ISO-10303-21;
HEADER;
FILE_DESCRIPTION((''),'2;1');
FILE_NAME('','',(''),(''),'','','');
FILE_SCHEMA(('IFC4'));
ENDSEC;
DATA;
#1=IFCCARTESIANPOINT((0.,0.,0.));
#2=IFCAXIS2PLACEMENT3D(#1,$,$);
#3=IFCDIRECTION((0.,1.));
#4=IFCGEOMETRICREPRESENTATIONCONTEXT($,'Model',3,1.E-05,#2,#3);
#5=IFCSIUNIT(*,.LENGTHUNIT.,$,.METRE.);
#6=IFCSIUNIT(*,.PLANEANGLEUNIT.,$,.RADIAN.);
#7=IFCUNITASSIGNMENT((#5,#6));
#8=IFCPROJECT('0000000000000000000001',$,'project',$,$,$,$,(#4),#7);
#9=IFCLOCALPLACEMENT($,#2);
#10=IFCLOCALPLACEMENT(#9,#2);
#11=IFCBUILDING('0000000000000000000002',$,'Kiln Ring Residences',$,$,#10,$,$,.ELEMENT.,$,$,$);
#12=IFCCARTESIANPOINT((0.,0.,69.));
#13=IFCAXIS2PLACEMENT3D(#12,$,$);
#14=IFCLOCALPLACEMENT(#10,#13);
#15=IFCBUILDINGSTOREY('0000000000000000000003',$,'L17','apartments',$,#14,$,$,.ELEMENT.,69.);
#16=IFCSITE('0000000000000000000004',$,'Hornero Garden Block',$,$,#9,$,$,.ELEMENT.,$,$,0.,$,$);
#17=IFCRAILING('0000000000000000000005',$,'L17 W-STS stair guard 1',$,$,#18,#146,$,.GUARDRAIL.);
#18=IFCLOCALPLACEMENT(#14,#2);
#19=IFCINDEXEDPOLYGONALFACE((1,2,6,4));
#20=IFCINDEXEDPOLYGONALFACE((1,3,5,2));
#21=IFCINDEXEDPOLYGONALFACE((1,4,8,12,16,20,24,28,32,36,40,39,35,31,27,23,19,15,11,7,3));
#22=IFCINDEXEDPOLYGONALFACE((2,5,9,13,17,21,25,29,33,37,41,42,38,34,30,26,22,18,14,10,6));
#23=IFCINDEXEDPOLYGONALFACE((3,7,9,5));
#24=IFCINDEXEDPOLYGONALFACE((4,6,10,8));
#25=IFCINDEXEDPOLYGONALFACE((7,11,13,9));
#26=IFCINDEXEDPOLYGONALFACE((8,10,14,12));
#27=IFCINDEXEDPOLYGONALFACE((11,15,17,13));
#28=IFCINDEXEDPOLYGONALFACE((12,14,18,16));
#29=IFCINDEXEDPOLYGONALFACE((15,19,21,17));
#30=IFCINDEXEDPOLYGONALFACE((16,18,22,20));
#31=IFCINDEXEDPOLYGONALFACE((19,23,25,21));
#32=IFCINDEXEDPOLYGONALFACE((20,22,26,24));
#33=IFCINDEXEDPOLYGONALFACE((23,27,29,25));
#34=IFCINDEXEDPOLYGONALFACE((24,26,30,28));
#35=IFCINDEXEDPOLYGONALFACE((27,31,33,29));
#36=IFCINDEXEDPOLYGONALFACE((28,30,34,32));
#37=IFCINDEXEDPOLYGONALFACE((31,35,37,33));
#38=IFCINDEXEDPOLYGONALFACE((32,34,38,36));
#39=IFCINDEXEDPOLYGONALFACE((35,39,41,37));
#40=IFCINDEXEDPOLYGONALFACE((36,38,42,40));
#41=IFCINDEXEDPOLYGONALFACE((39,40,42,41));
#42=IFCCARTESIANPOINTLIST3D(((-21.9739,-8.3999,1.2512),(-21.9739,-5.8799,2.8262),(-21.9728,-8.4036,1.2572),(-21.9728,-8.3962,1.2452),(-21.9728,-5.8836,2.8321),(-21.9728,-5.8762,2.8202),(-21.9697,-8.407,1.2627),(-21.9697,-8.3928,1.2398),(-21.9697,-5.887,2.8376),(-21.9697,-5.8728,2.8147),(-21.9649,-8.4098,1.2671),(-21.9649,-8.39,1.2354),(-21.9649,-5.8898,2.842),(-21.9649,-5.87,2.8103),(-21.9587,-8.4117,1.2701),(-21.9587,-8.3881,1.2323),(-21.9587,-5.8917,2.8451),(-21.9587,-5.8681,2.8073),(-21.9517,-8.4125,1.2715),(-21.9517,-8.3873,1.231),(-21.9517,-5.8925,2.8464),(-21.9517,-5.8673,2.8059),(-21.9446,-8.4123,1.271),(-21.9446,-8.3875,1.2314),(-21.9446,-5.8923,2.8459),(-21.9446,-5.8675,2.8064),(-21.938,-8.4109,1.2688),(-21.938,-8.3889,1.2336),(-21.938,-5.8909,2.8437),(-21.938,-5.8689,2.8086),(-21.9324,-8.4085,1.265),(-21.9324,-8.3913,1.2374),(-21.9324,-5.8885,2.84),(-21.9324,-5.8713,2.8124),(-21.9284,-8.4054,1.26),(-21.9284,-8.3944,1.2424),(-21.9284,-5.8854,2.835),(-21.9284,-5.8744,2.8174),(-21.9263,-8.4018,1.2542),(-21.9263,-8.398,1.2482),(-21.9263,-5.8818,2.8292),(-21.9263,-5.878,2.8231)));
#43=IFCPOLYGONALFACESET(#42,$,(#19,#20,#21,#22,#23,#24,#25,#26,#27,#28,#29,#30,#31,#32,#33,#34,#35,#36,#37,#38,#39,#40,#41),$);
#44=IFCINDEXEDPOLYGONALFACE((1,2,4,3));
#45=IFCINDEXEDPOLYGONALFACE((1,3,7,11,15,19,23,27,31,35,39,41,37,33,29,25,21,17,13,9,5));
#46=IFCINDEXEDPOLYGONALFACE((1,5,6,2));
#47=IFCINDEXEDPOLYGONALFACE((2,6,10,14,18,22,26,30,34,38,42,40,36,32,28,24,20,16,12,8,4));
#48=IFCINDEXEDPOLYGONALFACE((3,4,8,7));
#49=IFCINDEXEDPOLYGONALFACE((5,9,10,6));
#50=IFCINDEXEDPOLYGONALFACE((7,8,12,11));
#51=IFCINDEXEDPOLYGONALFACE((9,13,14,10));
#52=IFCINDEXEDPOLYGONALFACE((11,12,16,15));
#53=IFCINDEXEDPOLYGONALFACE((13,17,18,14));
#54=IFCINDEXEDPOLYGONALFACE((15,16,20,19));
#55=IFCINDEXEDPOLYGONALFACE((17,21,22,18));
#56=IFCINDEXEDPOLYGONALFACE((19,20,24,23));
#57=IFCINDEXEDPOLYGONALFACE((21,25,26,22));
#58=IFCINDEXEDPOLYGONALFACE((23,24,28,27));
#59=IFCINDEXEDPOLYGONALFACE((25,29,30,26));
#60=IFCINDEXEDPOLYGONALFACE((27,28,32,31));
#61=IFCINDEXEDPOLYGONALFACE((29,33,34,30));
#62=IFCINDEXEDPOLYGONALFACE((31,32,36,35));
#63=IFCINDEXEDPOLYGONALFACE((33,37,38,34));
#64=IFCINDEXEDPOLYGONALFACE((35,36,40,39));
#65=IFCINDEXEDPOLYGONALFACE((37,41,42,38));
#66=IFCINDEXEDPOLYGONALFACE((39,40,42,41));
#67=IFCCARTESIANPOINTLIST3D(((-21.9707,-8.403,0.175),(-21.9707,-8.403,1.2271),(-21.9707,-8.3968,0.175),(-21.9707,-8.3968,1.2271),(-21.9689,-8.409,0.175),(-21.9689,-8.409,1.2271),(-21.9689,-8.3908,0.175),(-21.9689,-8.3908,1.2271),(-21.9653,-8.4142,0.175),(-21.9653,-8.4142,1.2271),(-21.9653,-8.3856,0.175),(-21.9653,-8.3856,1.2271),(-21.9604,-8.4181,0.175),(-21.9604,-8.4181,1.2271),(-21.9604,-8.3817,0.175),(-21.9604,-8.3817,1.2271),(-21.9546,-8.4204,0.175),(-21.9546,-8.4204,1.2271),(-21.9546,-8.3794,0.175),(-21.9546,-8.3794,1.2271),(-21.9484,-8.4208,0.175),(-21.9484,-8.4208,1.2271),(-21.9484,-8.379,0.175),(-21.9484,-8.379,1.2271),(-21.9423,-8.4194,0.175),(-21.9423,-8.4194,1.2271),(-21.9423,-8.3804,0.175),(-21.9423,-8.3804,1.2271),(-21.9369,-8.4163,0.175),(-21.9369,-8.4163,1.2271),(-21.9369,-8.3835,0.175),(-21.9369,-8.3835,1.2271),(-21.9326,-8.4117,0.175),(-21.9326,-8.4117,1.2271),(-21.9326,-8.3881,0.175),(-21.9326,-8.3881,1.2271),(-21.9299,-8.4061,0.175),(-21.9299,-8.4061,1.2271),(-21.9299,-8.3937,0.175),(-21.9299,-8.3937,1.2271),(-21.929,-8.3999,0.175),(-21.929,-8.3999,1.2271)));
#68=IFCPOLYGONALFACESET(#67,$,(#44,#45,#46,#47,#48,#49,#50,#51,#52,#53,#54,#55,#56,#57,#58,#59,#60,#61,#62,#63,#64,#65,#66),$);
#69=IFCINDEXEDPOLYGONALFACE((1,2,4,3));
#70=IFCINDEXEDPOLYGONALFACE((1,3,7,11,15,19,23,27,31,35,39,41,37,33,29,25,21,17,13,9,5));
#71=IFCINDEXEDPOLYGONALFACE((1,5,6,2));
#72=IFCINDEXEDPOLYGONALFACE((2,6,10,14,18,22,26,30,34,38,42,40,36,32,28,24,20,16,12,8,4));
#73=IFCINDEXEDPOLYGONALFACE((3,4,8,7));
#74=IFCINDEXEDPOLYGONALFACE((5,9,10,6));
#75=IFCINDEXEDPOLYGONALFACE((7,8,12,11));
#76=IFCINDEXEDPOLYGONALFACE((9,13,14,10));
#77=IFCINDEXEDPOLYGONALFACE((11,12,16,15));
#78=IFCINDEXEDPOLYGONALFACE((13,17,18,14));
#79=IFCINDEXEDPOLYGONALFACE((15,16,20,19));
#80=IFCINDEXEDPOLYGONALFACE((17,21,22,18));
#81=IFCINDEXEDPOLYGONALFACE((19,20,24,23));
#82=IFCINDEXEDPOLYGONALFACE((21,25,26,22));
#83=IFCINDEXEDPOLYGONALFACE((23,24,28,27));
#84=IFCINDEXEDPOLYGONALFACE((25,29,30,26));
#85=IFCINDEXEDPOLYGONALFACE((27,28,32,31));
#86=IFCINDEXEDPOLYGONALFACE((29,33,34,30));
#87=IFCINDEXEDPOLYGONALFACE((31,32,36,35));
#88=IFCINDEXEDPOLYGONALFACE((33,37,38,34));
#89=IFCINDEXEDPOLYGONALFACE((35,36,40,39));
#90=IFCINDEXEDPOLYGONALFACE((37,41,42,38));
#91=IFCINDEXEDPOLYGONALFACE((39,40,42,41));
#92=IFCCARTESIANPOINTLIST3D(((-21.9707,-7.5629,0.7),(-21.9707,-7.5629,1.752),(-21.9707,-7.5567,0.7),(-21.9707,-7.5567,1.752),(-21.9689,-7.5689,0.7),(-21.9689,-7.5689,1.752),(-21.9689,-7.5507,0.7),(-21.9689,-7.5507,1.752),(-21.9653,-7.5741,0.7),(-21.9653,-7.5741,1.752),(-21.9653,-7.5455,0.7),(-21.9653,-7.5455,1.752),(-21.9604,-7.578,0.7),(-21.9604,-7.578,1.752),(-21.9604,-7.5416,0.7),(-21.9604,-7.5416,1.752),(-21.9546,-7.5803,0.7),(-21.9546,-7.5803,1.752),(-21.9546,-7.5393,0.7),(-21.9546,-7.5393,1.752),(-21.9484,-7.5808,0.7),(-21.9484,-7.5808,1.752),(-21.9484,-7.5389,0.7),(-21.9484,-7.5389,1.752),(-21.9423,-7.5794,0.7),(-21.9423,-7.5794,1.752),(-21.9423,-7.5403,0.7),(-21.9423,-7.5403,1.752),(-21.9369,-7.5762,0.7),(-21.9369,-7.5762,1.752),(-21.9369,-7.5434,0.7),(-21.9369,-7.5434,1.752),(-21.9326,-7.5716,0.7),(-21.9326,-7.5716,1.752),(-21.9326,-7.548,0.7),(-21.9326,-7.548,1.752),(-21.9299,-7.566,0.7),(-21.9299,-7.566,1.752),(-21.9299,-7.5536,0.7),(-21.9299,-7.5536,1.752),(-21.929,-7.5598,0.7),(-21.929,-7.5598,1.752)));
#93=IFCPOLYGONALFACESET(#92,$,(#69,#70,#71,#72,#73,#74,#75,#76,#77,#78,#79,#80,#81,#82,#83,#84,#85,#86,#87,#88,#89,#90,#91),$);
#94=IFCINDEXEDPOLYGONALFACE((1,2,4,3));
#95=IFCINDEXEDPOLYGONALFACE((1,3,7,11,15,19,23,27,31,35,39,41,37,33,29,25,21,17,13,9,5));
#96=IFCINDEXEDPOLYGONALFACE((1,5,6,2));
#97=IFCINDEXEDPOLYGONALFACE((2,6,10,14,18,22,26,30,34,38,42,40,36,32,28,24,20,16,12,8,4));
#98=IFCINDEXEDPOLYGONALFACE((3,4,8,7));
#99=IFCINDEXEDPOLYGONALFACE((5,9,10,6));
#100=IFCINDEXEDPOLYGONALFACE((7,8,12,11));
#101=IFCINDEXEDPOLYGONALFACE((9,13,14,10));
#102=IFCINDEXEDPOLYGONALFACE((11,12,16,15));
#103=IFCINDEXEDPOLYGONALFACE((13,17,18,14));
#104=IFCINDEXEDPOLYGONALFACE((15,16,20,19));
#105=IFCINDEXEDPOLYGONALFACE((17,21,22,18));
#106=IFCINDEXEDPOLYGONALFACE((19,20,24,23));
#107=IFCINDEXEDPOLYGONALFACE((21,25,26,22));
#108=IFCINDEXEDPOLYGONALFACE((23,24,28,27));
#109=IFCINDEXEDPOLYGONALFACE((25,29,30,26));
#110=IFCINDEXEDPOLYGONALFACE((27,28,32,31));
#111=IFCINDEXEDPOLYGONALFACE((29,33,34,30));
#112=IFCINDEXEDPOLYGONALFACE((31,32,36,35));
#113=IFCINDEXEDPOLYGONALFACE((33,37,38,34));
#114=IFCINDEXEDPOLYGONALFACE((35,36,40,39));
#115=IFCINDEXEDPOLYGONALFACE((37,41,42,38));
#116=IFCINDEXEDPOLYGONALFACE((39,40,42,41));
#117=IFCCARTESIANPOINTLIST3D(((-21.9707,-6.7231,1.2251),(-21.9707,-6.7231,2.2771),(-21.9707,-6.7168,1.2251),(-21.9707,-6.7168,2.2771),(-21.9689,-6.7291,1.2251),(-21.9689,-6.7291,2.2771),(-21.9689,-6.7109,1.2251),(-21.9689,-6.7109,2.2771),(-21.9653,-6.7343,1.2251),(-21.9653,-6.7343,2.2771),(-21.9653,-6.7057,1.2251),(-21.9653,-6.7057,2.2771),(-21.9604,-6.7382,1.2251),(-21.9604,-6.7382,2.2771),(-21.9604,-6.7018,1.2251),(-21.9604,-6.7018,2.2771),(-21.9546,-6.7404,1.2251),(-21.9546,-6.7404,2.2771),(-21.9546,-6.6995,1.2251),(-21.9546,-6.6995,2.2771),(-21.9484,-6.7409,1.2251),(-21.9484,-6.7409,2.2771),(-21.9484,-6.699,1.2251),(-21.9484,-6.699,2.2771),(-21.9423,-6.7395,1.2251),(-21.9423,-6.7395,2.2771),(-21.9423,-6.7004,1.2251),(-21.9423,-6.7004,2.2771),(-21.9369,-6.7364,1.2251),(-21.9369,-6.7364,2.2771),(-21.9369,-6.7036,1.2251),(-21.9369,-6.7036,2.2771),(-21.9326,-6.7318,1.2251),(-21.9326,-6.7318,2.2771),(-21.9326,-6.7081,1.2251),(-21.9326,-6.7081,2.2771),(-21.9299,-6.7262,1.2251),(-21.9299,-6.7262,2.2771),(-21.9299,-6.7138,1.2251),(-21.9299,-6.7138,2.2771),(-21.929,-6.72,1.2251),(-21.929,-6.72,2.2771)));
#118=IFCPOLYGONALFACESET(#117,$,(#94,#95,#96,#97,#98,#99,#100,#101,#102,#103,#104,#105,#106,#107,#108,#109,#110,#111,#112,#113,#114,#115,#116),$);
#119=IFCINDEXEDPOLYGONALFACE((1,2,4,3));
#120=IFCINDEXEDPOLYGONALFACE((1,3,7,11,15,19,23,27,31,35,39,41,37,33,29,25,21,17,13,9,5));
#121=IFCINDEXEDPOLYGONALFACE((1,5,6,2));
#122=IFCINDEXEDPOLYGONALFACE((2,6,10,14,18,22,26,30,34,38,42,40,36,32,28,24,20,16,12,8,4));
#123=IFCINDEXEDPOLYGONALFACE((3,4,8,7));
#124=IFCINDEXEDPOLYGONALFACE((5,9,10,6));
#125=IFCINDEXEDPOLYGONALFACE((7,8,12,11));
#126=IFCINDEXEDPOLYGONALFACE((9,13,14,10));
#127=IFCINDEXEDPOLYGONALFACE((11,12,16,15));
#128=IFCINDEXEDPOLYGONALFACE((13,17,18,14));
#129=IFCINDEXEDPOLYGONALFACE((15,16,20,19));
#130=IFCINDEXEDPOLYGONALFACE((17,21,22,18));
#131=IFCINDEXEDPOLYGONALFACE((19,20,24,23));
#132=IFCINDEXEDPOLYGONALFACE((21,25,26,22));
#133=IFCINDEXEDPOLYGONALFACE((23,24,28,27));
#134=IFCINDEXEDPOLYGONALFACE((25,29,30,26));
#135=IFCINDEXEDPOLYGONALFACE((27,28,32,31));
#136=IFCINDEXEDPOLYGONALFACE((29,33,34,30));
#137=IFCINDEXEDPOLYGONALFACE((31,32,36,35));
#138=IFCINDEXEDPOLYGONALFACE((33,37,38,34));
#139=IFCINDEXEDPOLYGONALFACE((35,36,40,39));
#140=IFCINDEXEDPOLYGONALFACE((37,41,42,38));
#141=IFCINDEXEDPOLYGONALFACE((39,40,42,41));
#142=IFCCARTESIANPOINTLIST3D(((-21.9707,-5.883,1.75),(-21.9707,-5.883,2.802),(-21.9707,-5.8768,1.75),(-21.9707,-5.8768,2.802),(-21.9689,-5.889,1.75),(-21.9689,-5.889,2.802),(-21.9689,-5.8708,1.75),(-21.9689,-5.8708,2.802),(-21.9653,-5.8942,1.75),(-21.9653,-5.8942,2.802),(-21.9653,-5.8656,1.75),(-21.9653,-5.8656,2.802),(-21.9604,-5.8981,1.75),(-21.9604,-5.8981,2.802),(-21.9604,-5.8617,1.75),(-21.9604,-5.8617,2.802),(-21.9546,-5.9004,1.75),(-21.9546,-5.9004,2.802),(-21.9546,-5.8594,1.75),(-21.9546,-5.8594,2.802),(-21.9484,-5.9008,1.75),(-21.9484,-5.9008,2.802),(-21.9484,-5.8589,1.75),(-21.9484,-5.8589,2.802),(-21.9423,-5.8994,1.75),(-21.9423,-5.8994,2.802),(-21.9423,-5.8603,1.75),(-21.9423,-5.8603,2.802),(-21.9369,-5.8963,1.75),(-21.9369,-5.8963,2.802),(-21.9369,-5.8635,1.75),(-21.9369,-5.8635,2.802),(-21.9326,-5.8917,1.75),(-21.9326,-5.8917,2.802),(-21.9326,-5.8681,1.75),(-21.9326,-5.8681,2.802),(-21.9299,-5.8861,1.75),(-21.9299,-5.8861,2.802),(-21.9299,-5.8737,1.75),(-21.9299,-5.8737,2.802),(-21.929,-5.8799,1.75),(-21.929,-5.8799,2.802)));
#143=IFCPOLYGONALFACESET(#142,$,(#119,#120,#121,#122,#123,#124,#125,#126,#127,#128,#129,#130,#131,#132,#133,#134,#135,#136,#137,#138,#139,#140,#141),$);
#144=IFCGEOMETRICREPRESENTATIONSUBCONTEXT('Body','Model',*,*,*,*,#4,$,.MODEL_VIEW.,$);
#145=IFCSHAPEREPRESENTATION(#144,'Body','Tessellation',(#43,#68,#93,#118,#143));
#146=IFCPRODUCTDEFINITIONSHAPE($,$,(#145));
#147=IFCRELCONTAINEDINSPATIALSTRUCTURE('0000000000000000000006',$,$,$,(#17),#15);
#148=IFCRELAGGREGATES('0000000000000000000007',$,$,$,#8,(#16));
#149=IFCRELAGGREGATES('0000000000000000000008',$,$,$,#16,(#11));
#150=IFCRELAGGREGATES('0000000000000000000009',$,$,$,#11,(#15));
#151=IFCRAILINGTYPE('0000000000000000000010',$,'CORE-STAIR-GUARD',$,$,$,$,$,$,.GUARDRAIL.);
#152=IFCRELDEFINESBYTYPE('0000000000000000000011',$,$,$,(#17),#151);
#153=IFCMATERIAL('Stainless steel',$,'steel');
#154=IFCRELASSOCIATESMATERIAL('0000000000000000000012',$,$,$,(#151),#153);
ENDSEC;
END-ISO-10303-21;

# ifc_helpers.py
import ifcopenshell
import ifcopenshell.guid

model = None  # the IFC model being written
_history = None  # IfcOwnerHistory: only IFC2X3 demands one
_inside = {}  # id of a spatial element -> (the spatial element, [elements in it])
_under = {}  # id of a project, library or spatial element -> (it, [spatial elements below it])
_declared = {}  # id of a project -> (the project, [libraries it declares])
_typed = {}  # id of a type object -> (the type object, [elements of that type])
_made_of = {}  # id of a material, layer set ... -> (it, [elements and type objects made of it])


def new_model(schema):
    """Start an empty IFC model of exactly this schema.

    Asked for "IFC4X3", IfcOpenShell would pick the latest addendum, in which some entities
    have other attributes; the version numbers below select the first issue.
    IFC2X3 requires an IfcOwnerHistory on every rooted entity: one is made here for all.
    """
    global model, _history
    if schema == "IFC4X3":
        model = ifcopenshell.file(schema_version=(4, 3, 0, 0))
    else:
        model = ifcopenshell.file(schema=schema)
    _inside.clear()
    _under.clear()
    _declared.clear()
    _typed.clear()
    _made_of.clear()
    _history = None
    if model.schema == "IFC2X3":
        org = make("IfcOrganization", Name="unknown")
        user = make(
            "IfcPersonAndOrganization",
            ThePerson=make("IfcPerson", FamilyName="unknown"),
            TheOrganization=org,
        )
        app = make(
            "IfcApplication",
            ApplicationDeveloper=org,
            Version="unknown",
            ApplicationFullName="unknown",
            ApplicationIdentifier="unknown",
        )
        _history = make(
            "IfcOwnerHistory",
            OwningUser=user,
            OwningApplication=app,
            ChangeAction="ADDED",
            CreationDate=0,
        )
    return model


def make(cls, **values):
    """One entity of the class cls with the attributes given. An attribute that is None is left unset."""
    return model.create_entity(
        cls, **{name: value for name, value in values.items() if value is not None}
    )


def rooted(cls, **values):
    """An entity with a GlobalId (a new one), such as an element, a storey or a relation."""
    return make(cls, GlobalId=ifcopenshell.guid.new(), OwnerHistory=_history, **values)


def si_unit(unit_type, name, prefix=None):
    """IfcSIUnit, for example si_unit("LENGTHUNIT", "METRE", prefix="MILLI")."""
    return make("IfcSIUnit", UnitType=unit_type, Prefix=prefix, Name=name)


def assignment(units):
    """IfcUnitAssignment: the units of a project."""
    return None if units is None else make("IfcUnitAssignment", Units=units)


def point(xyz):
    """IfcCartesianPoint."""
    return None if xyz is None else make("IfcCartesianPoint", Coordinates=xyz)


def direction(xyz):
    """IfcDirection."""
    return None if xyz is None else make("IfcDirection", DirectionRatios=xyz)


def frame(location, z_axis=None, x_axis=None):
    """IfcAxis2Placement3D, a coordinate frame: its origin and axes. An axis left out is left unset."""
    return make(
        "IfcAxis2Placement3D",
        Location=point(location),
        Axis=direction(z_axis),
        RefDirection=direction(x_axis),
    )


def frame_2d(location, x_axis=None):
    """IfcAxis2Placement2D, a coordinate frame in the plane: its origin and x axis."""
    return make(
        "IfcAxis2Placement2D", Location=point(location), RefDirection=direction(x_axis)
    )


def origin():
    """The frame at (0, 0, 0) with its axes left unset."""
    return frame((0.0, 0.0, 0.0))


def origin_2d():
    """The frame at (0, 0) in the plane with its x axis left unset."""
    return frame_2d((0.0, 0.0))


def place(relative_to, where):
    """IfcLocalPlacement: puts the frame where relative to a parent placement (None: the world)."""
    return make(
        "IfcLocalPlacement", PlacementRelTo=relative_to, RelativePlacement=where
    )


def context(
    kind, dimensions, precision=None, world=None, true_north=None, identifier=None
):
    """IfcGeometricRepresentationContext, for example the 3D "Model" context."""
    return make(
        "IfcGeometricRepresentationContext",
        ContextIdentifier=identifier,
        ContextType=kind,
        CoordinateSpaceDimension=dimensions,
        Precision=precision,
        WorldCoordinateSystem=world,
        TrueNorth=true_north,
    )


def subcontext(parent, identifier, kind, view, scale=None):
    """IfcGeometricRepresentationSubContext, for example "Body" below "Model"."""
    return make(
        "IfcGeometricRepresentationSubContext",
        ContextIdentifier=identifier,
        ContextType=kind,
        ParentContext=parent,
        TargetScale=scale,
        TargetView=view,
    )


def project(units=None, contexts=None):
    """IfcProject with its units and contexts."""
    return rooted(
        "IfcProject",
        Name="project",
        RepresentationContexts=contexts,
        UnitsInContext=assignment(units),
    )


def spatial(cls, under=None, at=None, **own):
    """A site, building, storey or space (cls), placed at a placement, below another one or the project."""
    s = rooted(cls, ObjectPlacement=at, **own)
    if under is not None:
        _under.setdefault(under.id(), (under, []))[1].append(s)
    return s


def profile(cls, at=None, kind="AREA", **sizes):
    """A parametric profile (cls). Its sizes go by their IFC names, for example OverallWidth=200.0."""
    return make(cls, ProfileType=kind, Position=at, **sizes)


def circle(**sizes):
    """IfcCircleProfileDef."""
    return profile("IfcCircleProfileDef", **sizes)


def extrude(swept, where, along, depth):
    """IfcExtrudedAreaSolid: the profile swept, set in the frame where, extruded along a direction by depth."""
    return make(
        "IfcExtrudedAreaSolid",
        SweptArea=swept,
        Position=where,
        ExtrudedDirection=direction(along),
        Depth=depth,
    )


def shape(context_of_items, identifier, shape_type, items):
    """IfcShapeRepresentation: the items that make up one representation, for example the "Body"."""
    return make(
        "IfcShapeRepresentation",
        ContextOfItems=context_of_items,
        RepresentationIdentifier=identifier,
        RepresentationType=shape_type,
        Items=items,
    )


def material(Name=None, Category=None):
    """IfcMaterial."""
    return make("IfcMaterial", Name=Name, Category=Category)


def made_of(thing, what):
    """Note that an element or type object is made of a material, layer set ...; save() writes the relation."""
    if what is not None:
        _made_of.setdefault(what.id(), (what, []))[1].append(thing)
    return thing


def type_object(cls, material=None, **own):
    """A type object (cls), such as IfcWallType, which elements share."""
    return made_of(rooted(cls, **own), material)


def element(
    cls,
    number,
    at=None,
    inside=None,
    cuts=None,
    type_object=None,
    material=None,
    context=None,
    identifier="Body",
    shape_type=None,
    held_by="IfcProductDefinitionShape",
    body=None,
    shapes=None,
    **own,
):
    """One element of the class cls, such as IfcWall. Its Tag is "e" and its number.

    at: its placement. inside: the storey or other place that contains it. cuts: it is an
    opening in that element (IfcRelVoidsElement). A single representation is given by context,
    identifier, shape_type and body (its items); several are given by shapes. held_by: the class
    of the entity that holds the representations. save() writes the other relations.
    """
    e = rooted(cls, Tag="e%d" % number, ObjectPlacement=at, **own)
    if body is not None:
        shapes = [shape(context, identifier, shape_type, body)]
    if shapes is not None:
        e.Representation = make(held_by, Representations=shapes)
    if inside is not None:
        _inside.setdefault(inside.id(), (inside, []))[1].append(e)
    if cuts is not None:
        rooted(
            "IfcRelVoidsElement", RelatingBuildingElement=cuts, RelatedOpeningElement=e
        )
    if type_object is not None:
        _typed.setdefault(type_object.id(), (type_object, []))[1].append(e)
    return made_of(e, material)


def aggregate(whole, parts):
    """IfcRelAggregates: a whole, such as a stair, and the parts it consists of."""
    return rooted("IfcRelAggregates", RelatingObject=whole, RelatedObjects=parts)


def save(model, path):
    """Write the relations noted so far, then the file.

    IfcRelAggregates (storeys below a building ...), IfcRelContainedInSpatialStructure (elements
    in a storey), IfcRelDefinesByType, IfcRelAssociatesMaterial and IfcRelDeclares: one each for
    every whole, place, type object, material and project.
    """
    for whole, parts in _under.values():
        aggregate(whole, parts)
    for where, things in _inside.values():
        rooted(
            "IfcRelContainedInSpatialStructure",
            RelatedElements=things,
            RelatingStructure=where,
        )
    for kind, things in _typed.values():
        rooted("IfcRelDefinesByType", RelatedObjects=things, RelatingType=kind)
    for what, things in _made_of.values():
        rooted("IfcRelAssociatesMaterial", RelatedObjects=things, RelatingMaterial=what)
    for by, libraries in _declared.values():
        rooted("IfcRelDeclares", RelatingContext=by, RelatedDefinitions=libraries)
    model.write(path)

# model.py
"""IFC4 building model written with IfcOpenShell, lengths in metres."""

from ifc_helpers import new_model, si_unit, direction, frame, origin, origin_2d, place, context, subcontext, project, spatial, circle, extrude, material, type_object, element, save


model = new_model("IFC4")

# Units and contexts
model_context = context("Model", 3, precision=1e-05, world=origin(), true_north=direction((0.0, 1.0)))
body_context = subcontext(model_context, "Body", "Model", "MODEL_VIEW")
ifc_project = project(units=[si_unit("LENGTHUNIT", "METRE"), si_unit("PLANEANGLEUNIT", "RADIAN")], contexts=[model_context])

# Site, building, storey
site_placement = place(None, origin())
site = spatial("IfcSite", under=ifc_project, at=site_placement, Name="Hornero Garden Block", CompositionType="ELEMENT", RefElevation=0.0)
building_placement = place(site_placement, origin())
building = spatial("IfcBuilding", under=site, at=building_placement, Name="Kiln Ring Residences", CompositionType="ELEMENT")
storey_placement = place(building_placement, frame((0.0, 0.0, 69.0)))
storey = spatial("IfcBuildingStorey", under=building, at=storey_placement, Name="L17", Description="apartments", CompositionType="ELEMENT", Elevation=69.0)

# Railing
ifc_material_1 = material(Name="Stainless steel", Category="steel")
railing_type_1 = type_object("IfcRailingType", Name="CORE-STAIR-GUARD", PredefinedType="GUARDRAIL", material=ifc_material_1)
railing_1_placement = place(storey_placement, frame((-21.95, -8.3999, 0.175)))
element("IfcRailing", 1, at=railing_1_placement, inside=storey, type_object=railing_type_1, Name="L17 W-STS stair guard 1", PredefinedType="GUARDRAIL", context=body_context, shape_type="SweptSolid", body=[
    extrude(circle(Radius=0.0239, at=origin_2d()), frame((0.0, 0.0, 1.0762), z_axis=(0.0, 0.848008, 0.529984), x_axis=(-1.0, 0.0, 0.0)), (0.0, 0.0, 1.0), 2.9717),
    extrude(circle(Radius=0.021, at=origin_2d()), origin(), (0.0, 0.0, 1.0), 1.052),
    extrude(circle(Radius=0.021, at=origin_2d()), frame((0.0, 0.8401, 0.5249)), (0.0, 0.0, 1.0), 1.052),
    extrude(circle(Radius=0.021, at=origin_2d()), frame((0.0, 1.6799, 1.05)), (0.0, 0.0, 1.0), 1.052),
    extrude(circle(Radius=0.021, at=origin_2d()), frame((0.0, 2.52, 1.575)), (0.0, 0.0, 1.0), 1.052),
])

save(model, "model.ifc")
